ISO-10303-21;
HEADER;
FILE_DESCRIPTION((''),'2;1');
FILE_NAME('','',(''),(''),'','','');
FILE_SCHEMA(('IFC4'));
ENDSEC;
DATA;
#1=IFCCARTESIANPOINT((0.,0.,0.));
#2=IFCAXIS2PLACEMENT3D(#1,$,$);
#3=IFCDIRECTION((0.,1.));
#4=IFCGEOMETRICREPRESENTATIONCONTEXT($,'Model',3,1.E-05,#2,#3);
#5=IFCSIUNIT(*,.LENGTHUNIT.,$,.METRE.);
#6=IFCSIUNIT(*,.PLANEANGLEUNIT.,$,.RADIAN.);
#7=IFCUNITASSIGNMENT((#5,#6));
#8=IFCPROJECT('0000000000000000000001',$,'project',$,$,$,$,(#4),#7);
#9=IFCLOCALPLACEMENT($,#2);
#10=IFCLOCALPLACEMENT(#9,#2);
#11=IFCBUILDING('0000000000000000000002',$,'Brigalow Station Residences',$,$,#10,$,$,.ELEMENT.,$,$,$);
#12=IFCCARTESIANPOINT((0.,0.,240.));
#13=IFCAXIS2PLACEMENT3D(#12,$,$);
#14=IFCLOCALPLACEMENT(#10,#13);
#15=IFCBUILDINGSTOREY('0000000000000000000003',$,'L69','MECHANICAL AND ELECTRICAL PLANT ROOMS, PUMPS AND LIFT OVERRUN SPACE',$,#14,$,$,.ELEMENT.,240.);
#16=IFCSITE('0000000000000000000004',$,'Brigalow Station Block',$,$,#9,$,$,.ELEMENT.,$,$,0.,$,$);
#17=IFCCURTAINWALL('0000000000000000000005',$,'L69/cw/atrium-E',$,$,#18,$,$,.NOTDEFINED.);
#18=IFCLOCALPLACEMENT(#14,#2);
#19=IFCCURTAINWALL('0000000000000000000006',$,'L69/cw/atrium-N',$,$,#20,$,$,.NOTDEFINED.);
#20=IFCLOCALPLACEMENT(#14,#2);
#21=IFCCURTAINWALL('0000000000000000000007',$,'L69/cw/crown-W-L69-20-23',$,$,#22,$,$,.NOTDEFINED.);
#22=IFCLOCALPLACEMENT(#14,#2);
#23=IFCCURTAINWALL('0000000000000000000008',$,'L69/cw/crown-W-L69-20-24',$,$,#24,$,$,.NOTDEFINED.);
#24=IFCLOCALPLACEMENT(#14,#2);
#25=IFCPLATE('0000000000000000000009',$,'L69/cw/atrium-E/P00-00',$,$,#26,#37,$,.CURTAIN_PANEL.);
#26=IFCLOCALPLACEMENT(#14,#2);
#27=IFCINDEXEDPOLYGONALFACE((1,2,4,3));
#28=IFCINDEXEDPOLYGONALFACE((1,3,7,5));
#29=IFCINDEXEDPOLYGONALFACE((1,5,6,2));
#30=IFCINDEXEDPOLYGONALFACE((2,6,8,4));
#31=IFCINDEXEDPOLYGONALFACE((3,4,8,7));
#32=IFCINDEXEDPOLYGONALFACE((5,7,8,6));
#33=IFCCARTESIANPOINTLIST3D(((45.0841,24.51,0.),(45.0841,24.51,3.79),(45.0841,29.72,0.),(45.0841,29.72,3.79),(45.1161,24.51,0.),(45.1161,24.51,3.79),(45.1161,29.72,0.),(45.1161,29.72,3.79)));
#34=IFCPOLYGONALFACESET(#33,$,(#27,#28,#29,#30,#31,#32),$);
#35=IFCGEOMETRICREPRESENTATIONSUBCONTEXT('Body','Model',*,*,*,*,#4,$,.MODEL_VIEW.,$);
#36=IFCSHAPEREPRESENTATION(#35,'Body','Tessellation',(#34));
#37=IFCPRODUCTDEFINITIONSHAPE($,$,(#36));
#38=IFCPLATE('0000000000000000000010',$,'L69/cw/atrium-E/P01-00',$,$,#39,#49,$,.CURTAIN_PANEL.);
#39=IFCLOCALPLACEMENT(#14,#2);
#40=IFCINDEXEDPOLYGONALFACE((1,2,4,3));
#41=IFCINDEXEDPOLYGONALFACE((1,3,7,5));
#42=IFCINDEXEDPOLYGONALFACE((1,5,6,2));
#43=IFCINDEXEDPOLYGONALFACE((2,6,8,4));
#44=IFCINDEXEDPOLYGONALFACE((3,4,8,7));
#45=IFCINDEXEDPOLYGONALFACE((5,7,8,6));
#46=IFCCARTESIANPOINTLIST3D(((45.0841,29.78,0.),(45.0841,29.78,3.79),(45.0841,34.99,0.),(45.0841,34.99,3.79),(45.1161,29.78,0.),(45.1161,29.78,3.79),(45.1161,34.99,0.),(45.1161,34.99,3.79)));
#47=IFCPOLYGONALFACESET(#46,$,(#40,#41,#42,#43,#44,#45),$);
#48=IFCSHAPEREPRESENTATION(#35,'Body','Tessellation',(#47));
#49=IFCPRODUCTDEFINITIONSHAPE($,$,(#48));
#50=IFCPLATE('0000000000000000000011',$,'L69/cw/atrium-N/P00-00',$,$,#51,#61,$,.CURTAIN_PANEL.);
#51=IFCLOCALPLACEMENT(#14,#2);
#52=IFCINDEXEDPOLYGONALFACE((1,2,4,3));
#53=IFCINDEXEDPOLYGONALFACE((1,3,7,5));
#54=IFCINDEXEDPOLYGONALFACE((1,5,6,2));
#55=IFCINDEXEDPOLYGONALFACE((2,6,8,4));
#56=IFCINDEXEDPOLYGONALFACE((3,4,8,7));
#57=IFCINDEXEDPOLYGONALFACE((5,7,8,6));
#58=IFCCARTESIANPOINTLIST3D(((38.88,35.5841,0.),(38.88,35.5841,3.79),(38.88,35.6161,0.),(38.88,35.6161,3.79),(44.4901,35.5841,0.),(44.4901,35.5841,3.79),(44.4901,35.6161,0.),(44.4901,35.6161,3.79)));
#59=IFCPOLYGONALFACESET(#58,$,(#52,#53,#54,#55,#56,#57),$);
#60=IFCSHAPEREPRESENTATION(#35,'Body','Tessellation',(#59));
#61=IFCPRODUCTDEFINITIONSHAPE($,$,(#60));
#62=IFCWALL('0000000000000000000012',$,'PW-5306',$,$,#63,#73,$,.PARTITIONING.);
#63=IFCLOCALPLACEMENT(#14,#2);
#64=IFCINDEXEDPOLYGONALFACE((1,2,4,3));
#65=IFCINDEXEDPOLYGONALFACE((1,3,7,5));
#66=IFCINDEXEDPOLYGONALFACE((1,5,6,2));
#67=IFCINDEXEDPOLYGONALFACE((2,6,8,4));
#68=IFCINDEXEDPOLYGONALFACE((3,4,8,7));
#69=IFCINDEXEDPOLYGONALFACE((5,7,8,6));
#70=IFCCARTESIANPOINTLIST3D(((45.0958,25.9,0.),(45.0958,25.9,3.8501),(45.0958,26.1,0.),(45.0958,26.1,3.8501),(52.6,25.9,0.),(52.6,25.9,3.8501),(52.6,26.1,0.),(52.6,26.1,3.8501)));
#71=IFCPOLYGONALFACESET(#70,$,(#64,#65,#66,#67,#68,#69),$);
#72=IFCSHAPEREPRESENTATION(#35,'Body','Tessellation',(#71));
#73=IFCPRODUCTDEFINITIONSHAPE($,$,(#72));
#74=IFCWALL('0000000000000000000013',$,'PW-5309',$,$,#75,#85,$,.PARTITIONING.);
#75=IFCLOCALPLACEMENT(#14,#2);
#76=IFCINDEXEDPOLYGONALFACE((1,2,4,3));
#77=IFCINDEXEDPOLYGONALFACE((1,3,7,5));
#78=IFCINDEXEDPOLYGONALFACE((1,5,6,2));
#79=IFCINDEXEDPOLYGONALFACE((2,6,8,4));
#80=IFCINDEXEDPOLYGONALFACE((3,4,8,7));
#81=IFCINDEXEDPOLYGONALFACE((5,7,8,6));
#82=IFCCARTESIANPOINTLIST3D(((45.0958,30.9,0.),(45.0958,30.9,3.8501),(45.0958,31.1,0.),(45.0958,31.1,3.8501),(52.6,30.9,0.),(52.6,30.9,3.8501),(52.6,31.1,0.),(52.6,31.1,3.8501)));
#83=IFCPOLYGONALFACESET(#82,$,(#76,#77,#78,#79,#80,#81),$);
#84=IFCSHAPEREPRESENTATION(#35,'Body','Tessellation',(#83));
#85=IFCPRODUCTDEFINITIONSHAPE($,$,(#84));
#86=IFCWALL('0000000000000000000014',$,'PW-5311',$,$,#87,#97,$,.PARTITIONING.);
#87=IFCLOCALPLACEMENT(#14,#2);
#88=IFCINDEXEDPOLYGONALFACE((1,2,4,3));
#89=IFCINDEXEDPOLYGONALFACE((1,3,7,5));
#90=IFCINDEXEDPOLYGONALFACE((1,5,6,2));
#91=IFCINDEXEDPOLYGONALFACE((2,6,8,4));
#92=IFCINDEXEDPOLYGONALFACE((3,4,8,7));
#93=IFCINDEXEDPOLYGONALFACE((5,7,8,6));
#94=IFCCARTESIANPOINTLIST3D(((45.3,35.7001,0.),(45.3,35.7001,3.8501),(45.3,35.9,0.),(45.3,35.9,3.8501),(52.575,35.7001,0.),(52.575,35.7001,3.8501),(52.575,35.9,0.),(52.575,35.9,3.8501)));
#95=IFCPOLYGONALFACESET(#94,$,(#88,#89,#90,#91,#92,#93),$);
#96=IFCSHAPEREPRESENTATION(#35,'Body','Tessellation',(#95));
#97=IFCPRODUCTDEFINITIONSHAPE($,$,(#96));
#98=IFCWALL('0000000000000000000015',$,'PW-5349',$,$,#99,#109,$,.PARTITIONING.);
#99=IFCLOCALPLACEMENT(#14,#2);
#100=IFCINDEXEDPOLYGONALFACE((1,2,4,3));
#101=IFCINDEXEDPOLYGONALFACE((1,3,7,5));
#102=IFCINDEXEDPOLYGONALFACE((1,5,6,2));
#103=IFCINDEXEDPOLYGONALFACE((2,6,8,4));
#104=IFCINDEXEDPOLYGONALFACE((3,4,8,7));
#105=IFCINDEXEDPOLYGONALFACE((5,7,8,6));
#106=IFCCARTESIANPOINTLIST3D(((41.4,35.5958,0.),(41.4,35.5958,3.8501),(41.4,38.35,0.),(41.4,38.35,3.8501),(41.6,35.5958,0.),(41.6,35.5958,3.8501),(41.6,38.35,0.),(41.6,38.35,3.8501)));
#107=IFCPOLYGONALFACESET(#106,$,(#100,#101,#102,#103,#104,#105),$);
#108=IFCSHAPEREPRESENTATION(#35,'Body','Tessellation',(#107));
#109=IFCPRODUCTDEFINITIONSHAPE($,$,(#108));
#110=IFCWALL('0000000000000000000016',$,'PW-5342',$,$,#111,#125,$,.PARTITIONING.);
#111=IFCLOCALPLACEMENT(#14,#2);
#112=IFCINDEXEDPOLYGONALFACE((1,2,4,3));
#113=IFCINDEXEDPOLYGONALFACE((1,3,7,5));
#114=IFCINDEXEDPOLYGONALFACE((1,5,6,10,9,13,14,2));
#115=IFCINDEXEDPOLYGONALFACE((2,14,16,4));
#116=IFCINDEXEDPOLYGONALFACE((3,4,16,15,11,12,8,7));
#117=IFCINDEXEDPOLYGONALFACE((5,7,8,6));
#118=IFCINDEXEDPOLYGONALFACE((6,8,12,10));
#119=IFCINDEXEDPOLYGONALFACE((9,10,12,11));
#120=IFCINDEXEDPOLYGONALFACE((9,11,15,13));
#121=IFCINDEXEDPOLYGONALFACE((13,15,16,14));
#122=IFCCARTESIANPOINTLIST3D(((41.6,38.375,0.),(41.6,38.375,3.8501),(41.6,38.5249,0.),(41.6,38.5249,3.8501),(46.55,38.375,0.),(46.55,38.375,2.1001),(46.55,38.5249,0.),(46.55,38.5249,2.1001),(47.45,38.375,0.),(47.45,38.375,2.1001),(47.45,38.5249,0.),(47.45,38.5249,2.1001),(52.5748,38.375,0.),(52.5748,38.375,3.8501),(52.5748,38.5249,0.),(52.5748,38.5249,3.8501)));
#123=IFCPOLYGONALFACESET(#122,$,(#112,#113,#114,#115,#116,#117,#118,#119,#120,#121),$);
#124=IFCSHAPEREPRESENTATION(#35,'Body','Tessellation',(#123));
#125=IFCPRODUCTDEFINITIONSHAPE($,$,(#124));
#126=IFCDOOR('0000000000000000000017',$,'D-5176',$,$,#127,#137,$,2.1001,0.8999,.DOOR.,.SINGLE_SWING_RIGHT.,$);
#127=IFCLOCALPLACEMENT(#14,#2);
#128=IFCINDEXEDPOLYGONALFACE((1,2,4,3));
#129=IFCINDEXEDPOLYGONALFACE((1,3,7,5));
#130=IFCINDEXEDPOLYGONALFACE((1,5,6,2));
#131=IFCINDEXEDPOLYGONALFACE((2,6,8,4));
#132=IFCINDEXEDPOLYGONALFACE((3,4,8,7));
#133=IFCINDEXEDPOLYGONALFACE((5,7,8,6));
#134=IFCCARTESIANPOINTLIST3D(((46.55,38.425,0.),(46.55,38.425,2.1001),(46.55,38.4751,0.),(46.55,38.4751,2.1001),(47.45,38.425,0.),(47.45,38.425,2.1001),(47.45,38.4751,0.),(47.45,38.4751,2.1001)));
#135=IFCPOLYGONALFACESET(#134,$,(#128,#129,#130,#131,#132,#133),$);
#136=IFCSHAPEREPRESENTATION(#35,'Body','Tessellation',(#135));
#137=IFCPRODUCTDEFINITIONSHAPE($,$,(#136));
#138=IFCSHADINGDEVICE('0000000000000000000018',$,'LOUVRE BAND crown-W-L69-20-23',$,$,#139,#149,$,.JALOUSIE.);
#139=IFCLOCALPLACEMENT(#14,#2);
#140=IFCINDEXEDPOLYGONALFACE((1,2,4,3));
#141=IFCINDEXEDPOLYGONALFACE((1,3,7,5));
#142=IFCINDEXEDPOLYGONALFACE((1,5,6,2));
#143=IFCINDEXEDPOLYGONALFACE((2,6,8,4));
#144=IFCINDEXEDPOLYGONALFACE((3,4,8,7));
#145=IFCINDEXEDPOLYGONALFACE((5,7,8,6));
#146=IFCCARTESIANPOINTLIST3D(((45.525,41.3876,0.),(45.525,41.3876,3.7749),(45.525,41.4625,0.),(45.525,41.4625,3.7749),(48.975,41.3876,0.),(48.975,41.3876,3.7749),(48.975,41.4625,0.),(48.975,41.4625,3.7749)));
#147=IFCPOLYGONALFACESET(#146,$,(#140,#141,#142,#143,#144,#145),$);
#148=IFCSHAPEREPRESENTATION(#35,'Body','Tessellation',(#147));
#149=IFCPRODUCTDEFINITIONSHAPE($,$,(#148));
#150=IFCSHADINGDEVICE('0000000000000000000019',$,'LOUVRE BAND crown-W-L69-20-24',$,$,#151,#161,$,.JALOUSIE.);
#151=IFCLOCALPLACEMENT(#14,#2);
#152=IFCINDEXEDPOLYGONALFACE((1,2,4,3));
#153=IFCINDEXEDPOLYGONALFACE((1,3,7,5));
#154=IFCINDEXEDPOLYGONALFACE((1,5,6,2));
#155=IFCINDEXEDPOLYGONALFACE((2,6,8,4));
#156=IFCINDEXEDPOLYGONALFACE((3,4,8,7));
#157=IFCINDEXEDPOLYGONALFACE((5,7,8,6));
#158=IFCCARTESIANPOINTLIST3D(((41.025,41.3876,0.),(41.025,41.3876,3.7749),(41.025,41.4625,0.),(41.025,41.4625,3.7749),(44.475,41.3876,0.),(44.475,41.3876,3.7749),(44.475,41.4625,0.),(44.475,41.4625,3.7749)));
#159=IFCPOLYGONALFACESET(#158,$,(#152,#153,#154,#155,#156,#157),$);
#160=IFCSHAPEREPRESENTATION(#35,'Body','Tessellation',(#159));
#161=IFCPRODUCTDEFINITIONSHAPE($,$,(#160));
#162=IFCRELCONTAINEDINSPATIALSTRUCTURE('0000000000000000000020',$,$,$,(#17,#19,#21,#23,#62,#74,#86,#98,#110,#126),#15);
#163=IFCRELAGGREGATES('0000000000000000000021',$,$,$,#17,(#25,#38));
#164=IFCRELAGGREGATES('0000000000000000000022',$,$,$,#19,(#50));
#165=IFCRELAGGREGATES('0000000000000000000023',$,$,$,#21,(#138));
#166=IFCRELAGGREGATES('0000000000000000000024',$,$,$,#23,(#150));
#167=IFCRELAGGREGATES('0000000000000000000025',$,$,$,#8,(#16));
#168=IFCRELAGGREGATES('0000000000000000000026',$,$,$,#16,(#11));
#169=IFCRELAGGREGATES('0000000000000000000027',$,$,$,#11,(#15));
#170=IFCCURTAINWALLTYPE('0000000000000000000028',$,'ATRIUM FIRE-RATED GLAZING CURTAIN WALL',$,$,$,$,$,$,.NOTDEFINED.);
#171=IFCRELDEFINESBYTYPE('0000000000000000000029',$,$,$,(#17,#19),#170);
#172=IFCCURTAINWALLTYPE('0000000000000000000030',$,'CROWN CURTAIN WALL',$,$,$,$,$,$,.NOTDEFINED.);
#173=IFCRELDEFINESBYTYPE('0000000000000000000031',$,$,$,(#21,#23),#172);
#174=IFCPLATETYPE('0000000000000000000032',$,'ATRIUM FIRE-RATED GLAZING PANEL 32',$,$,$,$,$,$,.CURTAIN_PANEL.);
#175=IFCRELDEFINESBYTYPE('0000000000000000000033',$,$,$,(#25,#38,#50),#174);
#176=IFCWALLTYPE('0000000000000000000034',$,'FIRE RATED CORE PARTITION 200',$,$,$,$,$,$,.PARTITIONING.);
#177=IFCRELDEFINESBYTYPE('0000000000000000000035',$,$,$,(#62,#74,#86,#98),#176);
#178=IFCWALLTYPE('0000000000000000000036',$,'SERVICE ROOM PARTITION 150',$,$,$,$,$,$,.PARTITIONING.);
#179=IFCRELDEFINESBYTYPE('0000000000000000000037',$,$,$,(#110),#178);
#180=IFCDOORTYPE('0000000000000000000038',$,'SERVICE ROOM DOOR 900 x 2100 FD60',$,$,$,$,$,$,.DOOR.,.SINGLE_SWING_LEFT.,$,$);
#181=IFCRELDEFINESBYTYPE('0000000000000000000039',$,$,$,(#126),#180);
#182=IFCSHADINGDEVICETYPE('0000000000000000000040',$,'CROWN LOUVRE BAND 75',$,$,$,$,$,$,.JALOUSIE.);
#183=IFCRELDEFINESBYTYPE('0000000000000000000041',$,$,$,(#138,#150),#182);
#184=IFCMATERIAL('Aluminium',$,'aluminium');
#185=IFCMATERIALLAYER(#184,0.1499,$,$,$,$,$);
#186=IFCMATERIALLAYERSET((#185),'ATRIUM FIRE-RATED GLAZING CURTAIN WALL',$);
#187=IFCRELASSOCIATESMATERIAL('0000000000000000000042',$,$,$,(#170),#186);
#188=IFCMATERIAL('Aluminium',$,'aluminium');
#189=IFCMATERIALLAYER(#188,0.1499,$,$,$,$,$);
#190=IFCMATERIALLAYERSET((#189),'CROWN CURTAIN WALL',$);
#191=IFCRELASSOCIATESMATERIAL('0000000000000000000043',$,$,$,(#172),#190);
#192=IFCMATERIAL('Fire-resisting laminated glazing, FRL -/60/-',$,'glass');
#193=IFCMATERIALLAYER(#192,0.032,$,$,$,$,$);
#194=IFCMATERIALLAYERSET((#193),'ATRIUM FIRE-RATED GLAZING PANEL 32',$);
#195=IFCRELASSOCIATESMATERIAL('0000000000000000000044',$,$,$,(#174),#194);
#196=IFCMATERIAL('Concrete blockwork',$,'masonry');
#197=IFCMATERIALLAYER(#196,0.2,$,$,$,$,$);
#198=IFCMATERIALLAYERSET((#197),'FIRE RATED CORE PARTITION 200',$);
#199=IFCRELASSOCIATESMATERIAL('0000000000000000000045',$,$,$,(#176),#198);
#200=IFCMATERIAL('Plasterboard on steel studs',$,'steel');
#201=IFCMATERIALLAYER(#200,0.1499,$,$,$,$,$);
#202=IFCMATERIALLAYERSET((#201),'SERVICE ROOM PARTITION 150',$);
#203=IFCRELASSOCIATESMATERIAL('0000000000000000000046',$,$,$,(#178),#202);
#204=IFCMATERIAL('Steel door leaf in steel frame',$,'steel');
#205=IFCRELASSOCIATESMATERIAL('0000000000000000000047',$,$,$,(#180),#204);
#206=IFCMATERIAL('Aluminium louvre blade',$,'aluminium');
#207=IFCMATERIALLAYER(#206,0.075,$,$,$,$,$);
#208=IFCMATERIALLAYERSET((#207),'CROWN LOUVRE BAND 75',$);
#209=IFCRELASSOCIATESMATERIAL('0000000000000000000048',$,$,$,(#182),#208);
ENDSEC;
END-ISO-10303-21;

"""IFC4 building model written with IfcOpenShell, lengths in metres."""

from ifc_helpers import new_model, si_unit, direction, frame, frame_2d, origin, origin_2d, place, context, subcontext, project, spatial, rectangle, extrude, material, layer, layer_set, type_object, element, fill, aggregate, save


model = new_model("IFC4")

# Units and contexts
model_context = context("Model", 3, precision=1e-05, world=origin(), true_north=direction((0.0, 1.0)))
body_context = subcontext(model_context, "Body", "Model", "MODEL_VIEW")
ifc_project = project(units=[si_unit("LENGTHUNIT", "METRE"), si_unit("PLANEANGLEUNIT", "RADIAN")], contexts=[model_context])

# Site, building, storey
site_placement = place(None, origin())
site = spatial("IfcSite", under=ifc_project, at=site_placement, Name="Brigalow Station Block", CompositionType="ELEMENT", RefElevation=0.0)
building_placement = place(site_placement, origin())
building = spatial("IfcBuilding", under=site, at=building_placement, Name="Brigalow Station Residences", CompositionType="ELEMENT")
storey_placement = place(building_placement, frame((0.0, 0.0, 240.0)))
storey = spatial("IfcBuildingStorey", under=building, at=storey_placement, Name="L69", Description="MECHANICAL AND ELECTRICAL PLANT ROOMS, PUMPS AND LIFT OVERRUN SPACE", CompositionType="ELEMENT", Elevation=240.0)

# Curtain wall
ifc_material_1 = material(Name="Aluminium", Category="aluminium")
ifc_layer_1 = layer(ifc_material_1, 0.1499)
ifc_layer_set_1 = layer_set([ifc_layer_1], Name="ATRIUM FIRE-RATED GLAZING CURTAIN WALL")
curtain_wall_type_1 = type_object("IfcCurtainWallType", Name="ATRIUM FIRE-RATED GLAZING CURTAIN WALL", PredefinedType="NOTDEFINED", material=ifc_layer_set_1)
curtain_wall_1_placement = place(storey_placement, origin())
curtain_wall_1 = element("IfcCurtainWall", 1, at=curtain_wall_1_placement, inside=storey, type_object=curtain_wall_type_1, Name="L69/cw/atrium-E", PredefinedType="NOTDEFINED")

# Curtain wall
curtain_wall_2_placement = place(storey_placement, origin())
curtain_wall_2 = element("IfcCurtainWall", 2, at=curtain_wall_2_placement, inside=storey, type_object=curtain_wall_type_1, Name="L69/cw/atrium-N", PredefinedType="NOTDEFINED")

# Curtain wall
ifc_material_2 = material(Name="Aluminium", Category="aluminium")
ifc_layer_2 = layer(ifc_material_2, 0.1499)
ifc_layer_set_2 = layer_set([ifc_layer_2], Name="CROWN CURTAIN WALL")
curtain_wall_type_2 = type_object("IfcCurtainWallType", Name="CROWN CURTAIN WALL", PredefinedType="NOTDEFINED", material=ifc_layer_set_2)
curtain_wall_3_placement = place(storey_placement, origin())
curtain_wall_3 = element("IfcCurtainWall", 3, at=curtain_wall_3_placement, inside=storey, type_object=curtain_wall_type_2, Name="L69/cw/crown-W-L69-20-23", PredefinedType="NOTDEFINED")

# Curtain wall
curtain_wall_4_placement = place(storey_placement, origin())
curtain_wall_4 = element("IfcCurtainWall", 4, at=curtain_wall_4_placement, inside=storey, type_object=curtain_wall_type_2, Name="L69/cw/crown-W-L69-20-24", PredefinedType="NOTDEFINED")

# Plates
ifc_material_3 = material(Name="Fire-resisting laminated glazing, FRL -/60/-", Category="glass")
ifc_layer_3 = layer(ifc_material_3, 0.032)
ifc_layer_set_3 = layer_set([ifc_layer_3], Name="ATRIUM FIRE-RATED GLAZING PANEL 32")
plate_type = type_object("IfcPlateType", Name="ATRIUM FIRE-RATED GLAZING PANEL 32", PredefinedType="CURTAIN_PANEL", material=ifc_layer_set_3)
plate_1_placement = place(storey_placement, frame((45.1001, 27.115, 0.0), z_axis=(0.0, 0.0, 1.0), x_axis=(0.0, 1.0, 0.0)))
plate_1 = element("IfcPlate", 5, at=plate_1_placement, type_object=plate_type, Name="L69/cw/atrium-E/P00-00", PredefinedType="CURTAIN_PANEL", context=body_context, shape_type="SweptSolid", body=[
    extrude(rectangle(XDim=5.21, YDim=0.032, at=origin_2d()), origin(), (0.0, 0.0, 1.0), 3.79),
])
plate_2_placement = place(storey_placement, frame((45.1001, 32.385, 0.0), z_axis=(0.0, 0.0, 1.0), x_axis=(0.0, 1.0, 0.0)))
plate_2 = element("IfcPlate", 6, at=plate_2_placement, type_object=plate_type, Name="L69/cw/atrium-E/P01-00", PredefinedType="CURTAIN_PANEL", context=body_context, shape_type="SweptSolid", body=[
    extrude(rectangle(XDim=5.21, YDim=0.032, at=origin_2d()), origin(), (0.0, 0.0, 1.0), 3.79),
])
aggregate(curtain_wall_1, [plate_1, plate_2])
plate_3_placement = place(storey_placement, frame((41.6851, 35.6001, 0.0), z_axis=(0.0, 0.0, 1.0), x_axis=(-1.0, 0.0, 0.0)))
plate_3 = element("IfcPlate", 7, at=plate_3_placement, type_object=plate_type, Name="L69/cw/atrium-N/P00-00", PredefinedType="CURTAIN_PANEL", context=body_context, shape_type="SweptSolid", body=[
    extrude(rectangle(XDim=5.6101, YDim=0.032, at=origin_2d()), origin(), (0.0, 0.0, 1.0), 3.79),
])
aggregate(curtain_wall_2, [plate_3])

# Walls
ifc_material_4 = material(Name="Concrete blockwork", Category="masonry")
ifc_layer_4 = layer(ifc_material_4, 0.2)
ifc_layer_set_4 = layer_set([ifc_layer_4], Name="FIRE RATED CORE PARTITION 200")
wall_type_1 = type_object("IfcWallType", Name="FIRE RATED CORE PARTITION 200", PredefinedType="PARTITIONING", material=ifc_layer_set_4)
for number, where, z_axis, x_axis, name in (
    (8, (45.0959, 26.0, 0.0), (0.0, 0.0, 1.0), (1.0, 0.0, 0.0), "PW-5306"),
    (9, (45.0959, 31.0, 0.0), (0.0, 0.0, 1.0), (1.0, 0.0, 0.0), "PW-5309"),
):
    element("IfcWall", number, at=place(storey_placement, frame(where, z_axis=z_axis, x_axis=x_axis)), inside=storey, type_object=wall_type_1, Name=name, PredefinedType="PARTITIONING", context=body_context, shape_type="SweptSolid", body=[
        extrude(rectangle(XDim=7.5042, YDim=0.2, at=frame_2d((3.752, 0.0))), origin(), (0.0, 0.0, 1.0), 3.8501),
    ])
wall_1_placement = place(storey_placement, frame((45.3, 35.8, 0.0), z_axis=(0.0, 0.0, 1.0), x_axis=(1.0, 0.0, 0.0)))
element("IfcWall", 10, at=wall_1_placement, inside=storey, type_object=wall_type_1, Name="PW-5311", PredefinedType="PARTITIONING", context=body_context, shape_type="SweptSolid", body=[
    extrude(rectangle(XDim=7.2749, YDim=0.2, at=frame_2d((3.6375, 0.0))), origin(), (0.0, 0.0, 1.0), 3.8501),
])
wall_2_placement = place(storey_placement, frame((41.5, 35.5959, 0.0), z_axis=(0.0, 0.0, 1.0), x_axis=(0.0, 1.0, 0.0)))
element("IfcWall", 11, at=wall_2_placement, inside=storey, type_object=wall_type_1, Name="PW-5349", PredefinedType="PARTITIONING", context=body_context, shape_type="SweptSolid", body=[
    extrude(rectangle(XDim=2.7542, YDim=0.2, at=frame_2d((1.377, 0.0))), origin(), (0.0, 0.0, 1.0), 3.8501),
])

# Wall, opening, door
ifc_material_5 = material(Name="Plasterboard on steel studs", Category="steel")
ifc_layer_5 = layer(ifc_material_5, 0.1499)
ifc_layer_set_5 = layer_set([ifc_layer_5], Name="SERVICE ROOM PARTITION 150")
wall_type_2 = type_object("IfcWallType", Name="SERVICE ROOM PARTITION 150", PredefinedType="PARTITIONING", material=ifc_layer_set_5)
wall_3_placement = place(storey_placement, frame((41.6001, 38.45, 0.0), z_axis=(0.0, 0.0, 1.0), x_axis=(1.0, 0.0, 0.0)))
wall_3 = element("IfcWall", 12, at=wall_3_placement, inside=storey, type_object=wall_type_2, Name="PW-5342", PredefinedType="PARTITIONING", context=body_context, shape_type="SweptSolid", body=[
    extrude(rectangle(XDim=10.9749, YDim=0.1499, at=frame_2d((5.4873, 0.0))), origin(), (0.0, 0.0, 1.0), 3.8501),
])
opening_placement = place(wall_3_placement, frame((4.95, 0.0, 0.0)))
opening = element("IfcOpeningElement", 13, at=opening_placement, cuts=wall_3, PredefinedType="OPENING", context=body_context, shape_type="SweptSolid", body=[
    extrude(rectangle(XDim=0.8999, YDim=2.1001, at=frame_2d((0.45, 1.05))), frame((0.0, 0.085, 0.0), z_axis=(0.0, -1.0, 0.0), x_axis=(1.0, 0.0, 0.0)), (0.0, 0.0, 1.0), 0.1699),
])
ifc_material_6 = material(Name="Steel door leaf in steel frame", Category="steel")
door_type = type_object("IfcDoorType", Name="SERVICE ROOM DOOR 900 x 2100 FD60", OperationType="SINGLE_SWING_LEFT", PredefinedType="DOOR", material=ifc_material_6)
door_placement = place(opening_placement, frame((0.8999, 0.0, 0.0), z_axis=(0.0, 0.0, 1.0), x_axis=(-1.0, 0.0, 0.0)))
door = element("IfcDoor", 14, at=door_placement, inside=storey, type_object=door_type, Name="D-5176", OperationType="SINGLE_SWING_RIGHT", OverallHeight=2.1001, OverallWidth=0.8999, PredefinedType="DOOR", context=body_context, shape_type="SweptSolid", body=[
    extrude(rectangle(XDim=0.8999, YDim=2.1001, at=frame_2d((0.45, 1.05))), frame((0.0, 0.0249, 0.0), z_axis=(0.0, -1.0, 0.0), x_axis=(1.0, 0.0, 0.0)), (0.0, 0.0, 1.0), 0.05),
])
fill(opening, door)

# Shading devices
ifc_material_7 = material(Name="Aluminium louvre blade", Category="aluminium")
ifc_layer_6 = layer(ifc_material_7, 0.075)
ifc_layer_set_6 = layer_set([ifc_layer_6], Name="CROWN LOUVRE BAND 75")
shading_device_type = type_object("IfcShadingDeviceType", Name="CROWN LOUVRE BAND 75", PredefinedType="JALOUSIE", material=ifc_layer_set_6)
shading_device_1_placement = place(storey_placement, frame((47.25, 41.425, 0.0), z_axis=(0.0, 0.0, 1.0), x_axis=(-1.0, 0.0, 0.0)))
shading_device_1 = element("IfcShadingDevice", 15, at=shading_device_1_placement, type_object=shading_device_type, Name="LOUVRE BAND crown-W-L69-20-23", PredefinedType="JALOUSIE", context=body_context, shape_type="SweptSolid", body=[
    extrude(rectangle(XDim=3.45, YDim=0.075, at=origin_2d()), origin(), (0.0, 0.0, 1.0), 3.7749),
])
aggregate(curtain_wall_3, [shading_device_1])
shading_device_2_placement = place(storey_placement, frame((42.75, 41.425, 0.0), z_axis=(0.0, 0.0, 1.0), x_axis=(-1.0, 0.0, 0.0)))
shading_device_2 = element("IfcShadingDevice", 16, at=shading_device_2_placement, type_object=shading_device_type, Name="LOUVRE BAND crown-W-L69-20-24", PredefinedType="JALOUSIE", context=body_context, shape_type="SweptSolid", body=[
    extrude(rectangle(XDim=3.45, YDim=0.075, at=origin_2d()), origin(), (0.0, 0.0, 1.0), 3.7749),
])
aggregate(curtain_wall_4, [shading_device_2])

save(model, "model.ifc")
